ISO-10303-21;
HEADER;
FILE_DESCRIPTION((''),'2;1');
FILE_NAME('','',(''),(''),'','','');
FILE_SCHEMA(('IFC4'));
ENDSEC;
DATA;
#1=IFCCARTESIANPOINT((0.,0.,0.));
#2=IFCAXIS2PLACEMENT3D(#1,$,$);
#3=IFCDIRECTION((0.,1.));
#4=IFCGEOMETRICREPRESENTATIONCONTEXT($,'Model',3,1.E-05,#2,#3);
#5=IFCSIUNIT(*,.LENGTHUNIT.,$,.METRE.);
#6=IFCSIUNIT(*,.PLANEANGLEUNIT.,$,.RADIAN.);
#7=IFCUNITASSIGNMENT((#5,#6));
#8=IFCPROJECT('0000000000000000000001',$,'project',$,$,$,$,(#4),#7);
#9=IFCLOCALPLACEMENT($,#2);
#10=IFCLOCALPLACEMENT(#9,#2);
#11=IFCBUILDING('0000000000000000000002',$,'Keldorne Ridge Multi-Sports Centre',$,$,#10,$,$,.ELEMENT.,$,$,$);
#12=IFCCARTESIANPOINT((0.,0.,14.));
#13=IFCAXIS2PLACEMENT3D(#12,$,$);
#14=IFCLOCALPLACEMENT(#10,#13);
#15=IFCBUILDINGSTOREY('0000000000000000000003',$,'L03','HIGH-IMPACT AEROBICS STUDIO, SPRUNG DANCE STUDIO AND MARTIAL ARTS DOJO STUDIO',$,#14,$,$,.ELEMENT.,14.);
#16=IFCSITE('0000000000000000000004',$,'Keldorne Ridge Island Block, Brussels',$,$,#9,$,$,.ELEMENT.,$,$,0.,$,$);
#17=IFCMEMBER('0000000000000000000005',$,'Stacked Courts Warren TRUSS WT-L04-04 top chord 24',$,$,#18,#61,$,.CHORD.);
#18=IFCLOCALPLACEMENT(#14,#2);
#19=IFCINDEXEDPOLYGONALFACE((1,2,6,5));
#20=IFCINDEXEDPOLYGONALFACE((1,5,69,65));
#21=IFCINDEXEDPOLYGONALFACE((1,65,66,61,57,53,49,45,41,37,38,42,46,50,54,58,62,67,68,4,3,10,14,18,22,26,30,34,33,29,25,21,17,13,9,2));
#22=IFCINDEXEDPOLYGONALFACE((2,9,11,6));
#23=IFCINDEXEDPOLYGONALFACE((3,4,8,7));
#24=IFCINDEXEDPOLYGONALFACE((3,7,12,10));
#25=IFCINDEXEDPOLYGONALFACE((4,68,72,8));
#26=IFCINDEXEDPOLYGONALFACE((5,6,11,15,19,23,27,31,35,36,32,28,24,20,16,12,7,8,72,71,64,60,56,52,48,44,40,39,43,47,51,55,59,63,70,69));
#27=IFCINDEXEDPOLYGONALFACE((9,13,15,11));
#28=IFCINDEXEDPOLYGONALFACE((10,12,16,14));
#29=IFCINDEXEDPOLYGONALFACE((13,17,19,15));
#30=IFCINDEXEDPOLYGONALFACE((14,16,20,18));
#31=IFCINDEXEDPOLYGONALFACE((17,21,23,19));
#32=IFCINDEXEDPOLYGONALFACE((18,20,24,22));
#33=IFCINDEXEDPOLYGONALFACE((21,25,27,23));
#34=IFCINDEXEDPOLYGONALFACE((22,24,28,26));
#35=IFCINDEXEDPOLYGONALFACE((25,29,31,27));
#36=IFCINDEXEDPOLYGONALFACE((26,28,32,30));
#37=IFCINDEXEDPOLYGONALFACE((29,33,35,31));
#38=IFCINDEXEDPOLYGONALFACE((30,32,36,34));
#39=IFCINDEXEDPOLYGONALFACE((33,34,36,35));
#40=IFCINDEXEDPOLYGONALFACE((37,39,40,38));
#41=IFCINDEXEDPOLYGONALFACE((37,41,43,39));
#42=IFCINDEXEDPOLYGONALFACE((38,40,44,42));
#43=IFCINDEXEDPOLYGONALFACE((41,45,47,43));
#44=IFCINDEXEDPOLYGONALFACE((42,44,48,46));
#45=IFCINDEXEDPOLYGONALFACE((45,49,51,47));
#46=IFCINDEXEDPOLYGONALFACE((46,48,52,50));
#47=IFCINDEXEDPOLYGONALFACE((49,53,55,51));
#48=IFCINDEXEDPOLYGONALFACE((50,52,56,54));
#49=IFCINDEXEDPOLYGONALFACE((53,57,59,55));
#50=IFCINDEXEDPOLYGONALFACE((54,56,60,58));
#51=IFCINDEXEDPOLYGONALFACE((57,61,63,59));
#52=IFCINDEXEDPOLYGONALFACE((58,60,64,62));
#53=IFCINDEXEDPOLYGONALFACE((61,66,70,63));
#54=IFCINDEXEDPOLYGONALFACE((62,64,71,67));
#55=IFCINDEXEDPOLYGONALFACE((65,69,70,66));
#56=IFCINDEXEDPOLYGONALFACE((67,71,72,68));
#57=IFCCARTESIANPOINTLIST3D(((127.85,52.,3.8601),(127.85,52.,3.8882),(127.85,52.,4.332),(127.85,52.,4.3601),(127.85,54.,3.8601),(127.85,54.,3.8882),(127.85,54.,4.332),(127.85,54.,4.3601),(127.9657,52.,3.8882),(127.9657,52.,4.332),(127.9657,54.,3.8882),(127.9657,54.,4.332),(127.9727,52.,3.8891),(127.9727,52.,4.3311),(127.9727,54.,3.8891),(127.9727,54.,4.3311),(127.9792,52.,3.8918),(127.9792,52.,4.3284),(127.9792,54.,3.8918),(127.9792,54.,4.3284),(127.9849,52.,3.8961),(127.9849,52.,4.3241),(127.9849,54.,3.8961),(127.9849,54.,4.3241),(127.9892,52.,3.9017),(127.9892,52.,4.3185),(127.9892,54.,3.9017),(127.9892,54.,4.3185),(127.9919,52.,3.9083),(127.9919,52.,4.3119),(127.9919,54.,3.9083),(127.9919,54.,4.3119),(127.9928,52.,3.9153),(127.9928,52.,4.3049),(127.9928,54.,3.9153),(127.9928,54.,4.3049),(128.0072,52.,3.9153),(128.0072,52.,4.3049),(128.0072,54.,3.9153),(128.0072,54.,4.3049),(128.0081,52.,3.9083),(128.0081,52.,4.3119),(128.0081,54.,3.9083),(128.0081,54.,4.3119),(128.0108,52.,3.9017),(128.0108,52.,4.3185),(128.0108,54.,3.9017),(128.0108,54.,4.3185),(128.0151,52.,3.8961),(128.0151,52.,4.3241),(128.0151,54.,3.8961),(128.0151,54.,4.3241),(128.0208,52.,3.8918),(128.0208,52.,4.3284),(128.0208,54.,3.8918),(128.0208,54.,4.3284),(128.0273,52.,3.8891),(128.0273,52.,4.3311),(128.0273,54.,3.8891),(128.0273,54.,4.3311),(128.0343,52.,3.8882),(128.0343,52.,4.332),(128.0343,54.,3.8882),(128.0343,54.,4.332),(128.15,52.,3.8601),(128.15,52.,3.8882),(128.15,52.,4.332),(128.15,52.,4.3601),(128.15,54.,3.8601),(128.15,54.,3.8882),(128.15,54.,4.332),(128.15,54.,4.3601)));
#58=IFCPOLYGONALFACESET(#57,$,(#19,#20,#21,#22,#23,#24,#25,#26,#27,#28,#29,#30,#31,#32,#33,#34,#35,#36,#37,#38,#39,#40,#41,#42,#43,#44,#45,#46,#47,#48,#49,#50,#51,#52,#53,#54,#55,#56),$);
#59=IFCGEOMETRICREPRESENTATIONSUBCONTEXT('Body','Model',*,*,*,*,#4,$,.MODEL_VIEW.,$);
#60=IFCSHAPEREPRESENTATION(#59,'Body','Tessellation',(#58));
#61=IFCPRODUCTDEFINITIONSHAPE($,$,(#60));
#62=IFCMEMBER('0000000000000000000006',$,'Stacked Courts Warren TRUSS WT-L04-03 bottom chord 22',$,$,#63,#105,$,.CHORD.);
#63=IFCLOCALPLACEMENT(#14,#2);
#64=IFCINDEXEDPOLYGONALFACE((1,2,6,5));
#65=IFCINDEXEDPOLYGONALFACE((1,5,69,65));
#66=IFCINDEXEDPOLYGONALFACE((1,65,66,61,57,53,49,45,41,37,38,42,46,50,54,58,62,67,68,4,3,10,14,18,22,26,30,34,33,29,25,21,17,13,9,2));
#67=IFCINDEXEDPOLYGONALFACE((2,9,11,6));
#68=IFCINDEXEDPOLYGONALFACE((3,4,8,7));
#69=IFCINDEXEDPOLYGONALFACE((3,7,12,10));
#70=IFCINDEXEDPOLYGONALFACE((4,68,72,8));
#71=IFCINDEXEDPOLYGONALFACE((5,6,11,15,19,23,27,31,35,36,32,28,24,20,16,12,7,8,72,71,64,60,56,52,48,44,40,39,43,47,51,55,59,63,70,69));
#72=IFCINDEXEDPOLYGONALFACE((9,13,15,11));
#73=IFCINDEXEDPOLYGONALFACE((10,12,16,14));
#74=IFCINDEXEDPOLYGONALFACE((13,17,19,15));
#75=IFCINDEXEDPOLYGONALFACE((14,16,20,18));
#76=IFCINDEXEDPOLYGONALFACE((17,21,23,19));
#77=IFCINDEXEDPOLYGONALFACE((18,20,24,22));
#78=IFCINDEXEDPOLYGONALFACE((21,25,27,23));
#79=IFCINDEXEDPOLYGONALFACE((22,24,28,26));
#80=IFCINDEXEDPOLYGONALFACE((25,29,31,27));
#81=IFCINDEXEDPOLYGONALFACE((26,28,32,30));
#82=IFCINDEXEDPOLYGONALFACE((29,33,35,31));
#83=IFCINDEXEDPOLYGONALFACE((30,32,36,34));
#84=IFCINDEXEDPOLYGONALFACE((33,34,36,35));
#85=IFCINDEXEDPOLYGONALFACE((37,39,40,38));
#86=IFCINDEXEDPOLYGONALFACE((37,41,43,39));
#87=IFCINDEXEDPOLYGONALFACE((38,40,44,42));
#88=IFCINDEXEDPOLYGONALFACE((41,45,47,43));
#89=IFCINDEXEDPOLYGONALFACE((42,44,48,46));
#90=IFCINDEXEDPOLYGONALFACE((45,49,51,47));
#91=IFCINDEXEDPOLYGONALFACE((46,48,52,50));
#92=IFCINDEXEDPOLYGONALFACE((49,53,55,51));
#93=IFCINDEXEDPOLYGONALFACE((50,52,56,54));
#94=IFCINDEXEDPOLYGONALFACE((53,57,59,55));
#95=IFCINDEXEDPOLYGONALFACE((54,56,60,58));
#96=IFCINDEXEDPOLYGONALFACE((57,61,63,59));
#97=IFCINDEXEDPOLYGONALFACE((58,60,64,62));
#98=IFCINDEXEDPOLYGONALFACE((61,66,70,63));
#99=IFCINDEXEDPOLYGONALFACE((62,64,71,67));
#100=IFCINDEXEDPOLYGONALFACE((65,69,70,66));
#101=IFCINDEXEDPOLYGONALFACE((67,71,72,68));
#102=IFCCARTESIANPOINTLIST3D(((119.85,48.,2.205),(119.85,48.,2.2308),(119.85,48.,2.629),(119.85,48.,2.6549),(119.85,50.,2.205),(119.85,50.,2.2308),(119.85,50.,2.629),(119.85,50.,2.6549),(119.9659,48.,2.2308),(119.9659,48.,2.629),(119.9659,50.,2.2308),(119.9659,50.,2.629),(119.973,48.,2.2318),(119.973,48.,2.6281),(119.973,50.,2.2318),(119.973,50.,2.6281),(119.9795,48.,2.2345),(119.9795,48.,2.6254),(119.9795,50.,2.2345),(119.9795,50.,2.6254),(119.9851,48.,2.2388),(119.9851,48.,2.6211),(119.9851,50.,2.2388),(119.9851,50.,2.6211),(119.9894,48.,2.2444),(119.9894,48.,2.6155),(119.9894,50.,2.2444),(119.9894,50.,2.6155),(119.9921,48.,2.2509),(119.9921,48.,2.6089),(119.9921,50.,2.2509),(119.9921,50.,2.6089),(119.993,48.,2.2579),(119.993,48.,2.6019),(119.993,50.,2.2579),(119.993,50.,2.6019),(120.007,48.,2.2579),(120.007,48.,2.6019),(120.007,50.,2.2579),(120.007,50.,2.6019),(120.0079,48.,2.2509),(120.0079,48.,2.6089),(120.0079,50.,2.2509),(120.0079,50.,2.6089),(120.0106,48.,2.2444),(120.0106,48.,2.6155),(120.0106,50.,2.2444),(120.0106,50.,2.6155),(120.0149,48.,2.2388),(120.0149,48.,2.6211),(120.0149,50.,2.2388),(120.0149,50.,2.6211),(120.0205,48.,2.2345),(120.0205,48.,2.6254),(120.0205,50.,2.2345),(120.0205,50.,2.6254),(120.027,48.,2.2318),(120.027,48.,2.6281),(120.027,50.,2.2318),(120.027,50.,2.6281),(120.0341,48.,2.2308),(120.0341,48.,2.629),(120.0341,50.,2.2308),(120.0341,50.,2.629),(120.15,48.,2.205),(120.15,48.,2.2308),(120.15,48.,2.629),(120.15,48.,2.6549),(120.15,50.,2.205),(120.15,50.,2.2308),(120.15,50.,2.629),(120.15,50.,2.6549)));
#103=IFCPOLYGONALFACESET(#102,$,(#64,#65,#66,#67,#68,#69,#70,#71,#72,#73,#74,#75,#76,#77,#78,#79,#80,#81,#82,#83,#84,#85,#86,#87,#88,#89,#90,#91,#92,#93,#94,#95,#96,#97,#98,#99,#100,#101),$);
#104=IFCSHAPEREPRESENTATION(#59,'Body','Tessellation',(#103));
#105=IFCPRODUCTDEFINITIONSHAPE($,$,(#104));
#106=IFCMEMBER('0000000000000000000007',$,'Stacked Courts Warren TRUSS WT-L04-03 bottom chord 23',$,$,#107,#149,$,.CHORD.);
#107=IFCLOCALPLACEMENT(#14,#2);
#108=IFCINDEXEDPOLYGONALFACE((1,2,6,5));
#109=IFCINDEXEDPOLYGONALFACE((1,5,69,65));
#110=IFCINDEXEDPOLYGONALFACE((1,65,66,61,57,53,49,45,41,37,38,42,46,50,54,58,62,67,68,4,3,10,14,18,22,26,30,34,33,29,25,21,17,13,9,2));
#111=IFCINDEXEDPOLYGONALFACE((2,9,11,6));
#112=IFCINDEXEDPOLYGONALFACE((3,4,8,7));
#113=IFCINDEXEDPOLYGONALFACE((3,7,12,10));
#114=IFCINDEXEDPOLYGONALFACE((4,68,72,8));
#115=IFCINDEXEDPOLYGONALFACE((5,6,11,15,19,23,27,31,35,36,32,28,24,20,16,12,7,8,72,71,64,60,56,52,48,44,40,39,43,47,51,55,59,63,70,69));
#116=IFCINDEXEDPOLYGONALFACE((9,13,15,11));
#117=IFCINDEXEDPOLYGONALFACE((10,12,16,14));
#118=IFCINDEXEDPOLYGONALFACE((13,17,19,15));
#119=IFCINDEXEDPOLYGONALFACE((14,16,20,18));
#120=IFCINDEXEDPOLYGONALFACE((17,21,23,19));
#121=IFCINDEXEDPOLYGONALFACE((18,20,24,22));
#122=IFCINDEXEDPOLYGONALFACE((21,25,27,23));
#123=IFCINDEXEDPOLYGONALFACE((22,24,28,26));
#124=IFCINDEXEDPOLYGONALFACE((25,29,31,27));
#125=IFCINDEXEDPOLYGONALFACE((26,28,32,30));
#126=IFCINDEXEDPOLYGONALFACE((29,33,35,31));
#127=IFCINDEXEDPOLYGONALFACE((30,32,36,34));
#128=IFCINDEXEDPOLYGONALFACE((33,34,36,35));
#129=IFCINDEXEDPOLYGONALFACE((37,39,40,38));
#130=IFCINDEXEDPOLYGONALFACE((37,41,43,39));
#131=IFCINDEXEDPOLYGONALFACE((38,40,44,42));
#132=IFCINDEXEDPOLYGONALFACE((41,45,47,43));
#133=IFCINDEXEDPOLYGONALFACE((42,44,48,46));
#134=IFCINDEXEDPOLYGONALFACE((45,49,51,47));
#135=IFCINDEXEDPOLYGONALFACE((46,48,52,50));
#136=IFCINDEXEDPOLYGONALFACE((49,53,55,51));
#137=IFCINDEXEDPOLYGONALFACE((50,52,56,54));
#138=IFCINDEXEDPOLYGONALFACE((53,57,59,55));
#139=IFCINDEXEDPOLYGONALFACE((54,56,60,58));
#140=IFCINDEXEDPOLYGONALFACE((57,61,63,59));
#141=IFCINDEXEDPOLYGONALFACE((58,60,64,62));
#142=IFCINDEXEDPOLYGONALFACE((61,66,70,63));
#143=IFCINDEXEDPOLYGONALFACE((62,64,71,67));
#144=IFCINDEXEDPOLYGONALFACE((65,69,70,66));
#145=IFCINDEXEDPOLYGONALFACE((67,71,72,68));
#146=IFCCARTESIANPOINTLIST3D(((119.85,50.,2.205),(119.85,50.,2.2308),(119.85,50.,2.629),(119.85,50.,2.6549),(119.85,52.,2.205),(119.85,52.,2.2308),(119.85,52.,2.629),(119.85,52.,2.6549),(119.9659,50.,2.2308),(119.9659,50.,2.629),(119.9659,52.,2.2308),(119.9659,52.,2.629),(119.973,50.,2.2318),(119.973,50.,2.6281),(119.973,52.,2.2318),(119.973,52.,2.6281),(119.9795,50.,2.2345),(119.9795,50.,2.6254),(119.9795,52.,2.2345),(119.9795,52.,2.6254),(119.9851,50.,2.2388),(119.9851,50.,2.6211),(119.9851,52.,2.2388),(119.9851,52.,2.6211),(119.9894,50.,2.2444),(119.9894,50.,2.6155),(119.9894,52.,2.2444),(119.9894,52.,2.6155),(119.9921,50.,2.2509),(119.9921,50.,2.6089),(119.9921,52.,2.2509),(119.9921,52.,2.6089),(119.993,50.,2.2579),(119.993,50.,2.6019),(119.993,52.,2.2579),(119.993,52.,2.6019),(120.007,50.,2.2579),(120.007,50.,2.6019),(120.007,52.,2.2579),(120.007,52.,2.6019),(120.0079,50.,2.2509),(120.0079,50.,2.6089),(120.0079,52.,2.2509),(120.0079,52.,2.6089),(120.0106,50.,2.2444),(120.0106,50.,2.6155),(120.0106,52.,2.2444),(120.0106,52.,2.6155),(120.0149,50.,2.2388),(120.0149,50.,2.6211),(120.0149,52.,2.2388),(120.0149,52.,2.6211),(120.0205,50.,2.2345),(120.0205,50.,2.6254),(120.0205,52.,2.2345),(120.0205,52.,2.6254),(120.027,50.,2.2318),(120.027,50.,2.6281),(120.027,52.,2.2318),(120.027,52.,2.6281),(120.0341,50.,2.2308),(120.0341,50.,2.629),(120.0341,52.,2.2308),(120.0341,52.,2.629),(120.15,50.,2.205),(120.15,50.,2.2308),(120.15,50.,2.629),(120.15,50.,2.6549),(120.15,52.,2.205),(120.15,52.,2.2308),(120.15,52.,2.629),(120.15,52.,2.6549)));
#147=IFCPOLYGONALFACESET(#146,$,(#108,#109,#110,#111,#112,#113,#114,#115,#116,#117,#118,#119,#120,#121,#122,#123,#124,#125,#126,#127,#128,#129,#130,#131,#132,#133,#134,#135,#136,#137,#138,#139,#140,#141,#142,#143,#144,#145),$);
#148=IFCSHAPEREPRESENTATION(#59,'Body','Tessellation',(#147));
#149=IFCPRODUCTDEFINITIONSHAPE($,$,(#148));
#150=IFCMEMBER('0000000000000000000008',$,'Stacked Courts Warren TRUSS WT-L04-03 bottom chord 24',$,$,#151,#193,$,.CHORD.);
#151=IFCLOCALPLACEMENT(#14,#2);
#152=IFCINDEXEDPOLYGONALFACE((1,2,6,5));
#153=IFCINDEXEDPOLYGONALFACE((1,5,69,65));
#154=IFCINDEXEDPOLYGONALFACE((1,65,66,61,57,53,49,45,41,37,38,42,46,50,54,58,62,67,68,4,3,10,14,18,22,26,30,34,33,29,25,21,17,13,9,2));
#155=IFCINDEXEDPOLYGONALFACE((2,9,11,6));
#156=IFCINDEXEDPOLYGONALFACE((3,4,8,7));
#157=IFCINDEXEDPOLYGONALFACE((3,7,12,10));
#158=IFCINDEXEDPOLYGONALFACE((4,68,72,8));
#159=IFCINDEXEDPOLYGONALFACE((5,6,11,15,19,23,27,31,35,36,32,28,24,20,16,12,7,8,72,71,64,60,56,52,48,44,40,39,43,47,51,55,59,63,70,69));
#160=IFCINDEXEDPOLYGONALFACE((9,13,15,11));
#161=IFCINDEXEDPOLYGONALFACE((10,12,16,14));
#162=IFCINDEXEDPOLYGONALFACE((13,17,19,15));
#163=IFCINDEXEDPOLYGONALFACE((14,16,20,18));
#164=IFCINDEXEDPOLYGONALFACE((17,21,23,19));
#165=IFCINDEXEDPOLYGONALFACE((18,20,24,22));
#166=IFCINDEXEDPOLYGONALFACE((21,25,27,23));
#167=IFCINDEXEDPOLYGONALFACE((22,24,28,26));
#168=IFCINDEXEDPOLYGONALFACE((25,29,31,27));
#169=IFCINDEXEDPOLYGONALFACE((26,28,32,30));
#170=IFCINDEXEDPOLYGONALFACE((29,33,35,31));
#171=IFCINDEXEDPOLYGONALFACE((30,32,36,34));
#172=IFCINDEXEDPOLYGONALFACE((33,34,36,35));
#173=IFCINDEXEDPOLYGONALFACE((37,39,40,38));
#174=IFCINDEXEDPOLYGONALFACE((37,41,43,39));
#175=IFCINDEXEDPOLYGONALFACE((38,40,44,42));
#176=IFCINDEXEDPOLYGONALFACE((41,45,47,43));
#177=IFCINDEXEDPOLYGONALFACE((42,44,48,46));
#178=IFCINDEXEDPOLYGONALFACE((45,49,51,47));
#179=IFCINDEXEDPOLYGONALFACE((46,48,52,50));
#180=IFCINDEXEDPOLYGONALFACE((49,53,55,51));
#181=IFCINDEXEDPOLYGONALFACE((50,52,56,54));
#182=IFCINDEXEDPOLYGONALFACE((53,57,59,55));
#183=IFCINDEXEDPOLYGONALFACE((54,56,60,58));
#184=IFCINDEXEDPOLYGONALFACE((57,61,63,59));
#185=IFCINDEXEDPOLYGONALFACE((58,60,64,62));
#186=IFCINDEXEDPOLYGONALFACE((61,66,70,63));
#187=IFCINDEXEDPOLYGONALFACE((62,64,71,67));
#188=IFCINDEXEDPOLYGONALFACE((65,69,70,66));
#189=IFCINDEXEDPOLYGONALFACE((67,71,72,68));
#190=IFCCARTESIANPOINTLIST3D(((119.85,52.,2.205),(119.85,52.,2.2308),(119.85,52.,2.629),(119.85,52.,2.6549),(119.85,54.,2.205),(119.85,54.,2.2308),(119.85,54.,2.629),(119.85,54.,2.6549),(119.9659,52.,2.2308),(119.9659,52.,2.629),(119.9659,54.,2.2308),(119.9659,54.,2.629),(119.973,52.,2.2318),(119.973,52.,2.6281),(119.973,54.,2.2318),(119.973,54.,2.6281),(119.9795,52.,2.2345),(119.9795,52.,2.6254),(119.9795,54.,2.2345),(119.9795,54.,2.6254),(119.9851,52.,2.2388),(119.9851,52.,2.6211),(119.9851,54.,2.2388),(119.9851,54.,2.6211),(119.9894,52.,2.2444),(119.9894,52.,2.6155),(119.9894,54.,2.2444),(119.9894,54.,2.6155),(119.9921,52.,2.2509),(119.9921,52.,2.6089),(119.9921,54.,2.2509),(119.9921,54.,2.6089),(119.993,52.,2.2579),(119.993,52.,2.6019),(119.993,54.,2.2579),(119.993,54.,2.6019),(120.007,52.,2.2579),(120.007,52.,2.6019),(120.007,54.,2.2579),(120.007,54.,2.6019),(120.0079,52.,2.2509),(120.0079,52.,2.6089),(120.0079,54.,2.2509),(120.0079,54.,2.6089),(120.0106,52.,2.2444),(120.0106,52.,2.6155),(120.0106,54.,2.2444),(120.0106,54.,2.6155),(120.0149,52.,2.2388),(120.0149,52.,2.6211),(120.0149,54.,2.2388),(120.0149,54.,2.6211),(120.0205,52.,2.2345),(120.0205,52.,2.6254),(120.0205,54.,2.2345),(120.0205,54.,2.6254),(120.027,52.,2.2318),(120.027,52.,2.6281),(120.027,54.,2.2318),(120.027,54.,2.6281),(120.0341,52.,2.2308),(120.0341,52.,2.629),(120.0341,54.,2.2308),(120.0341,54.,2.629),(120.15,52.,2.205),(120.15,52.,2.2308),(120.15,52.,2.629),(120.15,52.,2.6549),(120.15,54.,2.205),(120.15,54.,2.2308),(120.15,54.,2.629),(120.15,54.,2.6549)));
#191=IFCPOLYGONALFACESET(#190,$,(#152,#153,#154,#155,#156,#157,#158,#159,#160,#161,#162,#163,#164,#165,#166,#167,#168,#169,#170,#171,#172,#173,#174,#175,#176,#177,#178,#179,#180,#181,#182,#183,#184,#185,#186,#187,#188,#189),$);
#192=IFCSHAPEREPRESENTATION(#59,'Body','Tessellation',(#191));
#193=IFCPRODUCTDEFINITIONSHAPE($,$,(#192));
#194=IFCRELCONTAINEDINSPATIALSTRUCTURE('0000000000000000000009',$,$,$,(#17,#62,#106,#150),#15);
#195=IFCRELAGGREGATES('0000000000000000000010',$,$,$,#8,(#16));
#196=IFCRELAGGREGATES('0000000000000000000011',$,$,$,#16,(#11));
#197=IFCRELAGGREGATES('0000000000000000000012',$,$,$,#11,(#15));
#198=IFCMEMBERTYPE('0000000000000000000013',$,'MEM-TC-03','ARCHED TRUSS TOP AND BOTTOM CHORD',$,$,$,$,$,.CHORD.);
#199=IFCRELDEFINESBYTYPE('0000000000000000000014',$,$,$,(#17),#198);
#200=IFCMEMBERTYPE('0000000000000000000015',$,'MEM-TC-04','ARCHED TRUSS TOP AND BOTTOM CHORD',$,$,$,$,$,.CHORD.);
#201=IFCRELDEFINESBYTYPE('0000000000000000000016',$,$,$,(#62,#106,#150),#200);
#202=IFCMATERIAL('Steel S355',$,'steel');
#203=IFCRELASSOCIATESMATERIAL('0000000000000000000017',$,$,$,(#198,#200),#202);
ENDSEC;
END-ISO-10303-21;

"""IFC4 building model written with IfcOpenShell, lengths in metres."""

from ifc_helpers import new_model, si_unit, direction, frame, origin, origin_2d, place, context, subcontext, project, spatial, i_section, extrude, material, material_profile, profile_set, type_object, element, save


model = new_model("IFC4")

# Units and contexts
model_context = context("Model", 3, precision=1e-05, world=origin(), true_north=direction((0.0, 1.0)))
body_context = subcontext(model_context, "Body", "Model", "MODEL_VIEW")
ifc_project = project(units=[si_unit("LENGTHUNIT", "METRE"), si_unit("PLANEANGLEUNIT", "RADIAN")], contexts=[model_context])

# Site, building, storey
site_placement = place(None, origin())
site = spatial("IfcSite", under=ifc_project, at=site_placement, Name="Keldorne Ridge Island Block, Brussels", CompositionType="ELEMENT", RefElevation=0.0)
building_placement = place(site_placement, origin())
building = spatial("IfcBuilding", under=site, at=building_placement, Name="Keldorne Ridge Multi-Sports Centre", CompositionType="ELEMENT")
storey_placement = place(building_placement, frame((0.0, 0.0, 14.0)))
storey = spatial("IfcBuildingStorey", under=building, at=storey_placement, Name="L03", Description="HIGH-IMPACT AEROBICS STUDIO, SPRUNG DANCE STUDIO AND MARTIAL ARTS DOJO STUDIO", CompositionType="ELEMENT", Elevation=14.0)

# Shared definitions
ifc_material_1 = material(Name="Steel S355", Category="steel")

# Members
ifc_material_profile_1 = material_profile(ifc_material_1, i_section(OverallWidth=0.3, OverallDepth=0.5, WebThickness=0.0144, FlangeThickness=0.0281, FilletRadius=0.0271, at=origin_2d()), Name="HEB 500")
ifc_profile_set_1 = profile_set([ifc_material_profile_1], Name="Steel S355")
member_type_1 = type_object("IfcMemberType", Name="MEM-TC-03", Description="ARCHED TRUSS TOP AND BOTTOM CHORD", PredefinedType="CHORD", material=ifc_profile_set_1)
for number, where, z_axis, x_axis, name in (
    (1, (128.0, 52.0, 4.1101), (0.0, 1.0, 0.0), (-1.0, 0.0, 0.0), "Stacked Courts Warren TRUSS WT-L04-04 top chord 24"),
):
    element("IfcMember", number, at=place(storey_placement, frame(where, z_axis=z_axis, x_axis=x_axis)), inside=storey, type_object=member_type_1, Name=name, PredefinedType="CHORD", context=body_context, shape_type="SweptSolid", body=[
        extrude(i_section(OverallWidth=0.3, OverallDepth=0.5, WebThickness=0.0144, FlangeThickness=0.0281, FilletRadius=0.0271, at=origin_2d()), origin(), (0.0, 0.0, 1.0), 2.0),
    ])
ifc_material_profile_2 = material_profile(ifc_material_1, i_section(OverallWidth=0.3, OverallDepth=0.45, WebThickness=0.0139, FlangeThickness=0.0259, FilletRadius=0.0271, at=origin_2d()), Name="HEB 450")
ifc_profile_set_2 = profile_set([ifc_material_profile_2], Name="Steel S355")
member_type_2 = type_object("IfcMemberType", Name="MEM-TC-04", Description="ARCHED TRUSS TOP AND BOTTOM CHORD", PredefinedType="CHORD", material=ifc_profile_set_2)
for number, where, z_axis, x_axis, name in (
    (2, (120.0, 48.0, 2.4299), (0.0, 1.0, 0.0), (-1.0, 0.0, 0.0), "Stacked Courts Warren TRUSS WT-L04-03 bottom chord 22"),
    (3, (120.0, 50.0, 2.4299), (0.0, 1.0, 0.0), (-1.0, 0.0, 0.0), "Stacked Courts Warren TRUSS WT-L04-03 bottom chord 23"),
    (4, (120.0, 52.0, 2.4299), (0.0, 1.0, 0.0), (-1.0, 0.0, 0.0), "Stacked Courts Warren TRUSS WT-L04-03 bottom chord 24"),
):
    element("IfcMember", number, at=place(storey_placement, frame(where, z_axis=z_axis, x_axis=x_axis)), inside=storey, type_object=member_type_2, Name=name, PredefinedType="CHORD", context=body_context, shape_type="SweptSolid", body=[
        extrude(i_section(OverallWidth=0.3, OverallDepth=0.45, WebThickness=0.0139, FlangeThickness=0.0259, FilletRadius=0.0271, at=origin_2d()), origin(), (0.0, 0.0, 1.0), 2.0),
    ])

save(model, "model.ifc")
